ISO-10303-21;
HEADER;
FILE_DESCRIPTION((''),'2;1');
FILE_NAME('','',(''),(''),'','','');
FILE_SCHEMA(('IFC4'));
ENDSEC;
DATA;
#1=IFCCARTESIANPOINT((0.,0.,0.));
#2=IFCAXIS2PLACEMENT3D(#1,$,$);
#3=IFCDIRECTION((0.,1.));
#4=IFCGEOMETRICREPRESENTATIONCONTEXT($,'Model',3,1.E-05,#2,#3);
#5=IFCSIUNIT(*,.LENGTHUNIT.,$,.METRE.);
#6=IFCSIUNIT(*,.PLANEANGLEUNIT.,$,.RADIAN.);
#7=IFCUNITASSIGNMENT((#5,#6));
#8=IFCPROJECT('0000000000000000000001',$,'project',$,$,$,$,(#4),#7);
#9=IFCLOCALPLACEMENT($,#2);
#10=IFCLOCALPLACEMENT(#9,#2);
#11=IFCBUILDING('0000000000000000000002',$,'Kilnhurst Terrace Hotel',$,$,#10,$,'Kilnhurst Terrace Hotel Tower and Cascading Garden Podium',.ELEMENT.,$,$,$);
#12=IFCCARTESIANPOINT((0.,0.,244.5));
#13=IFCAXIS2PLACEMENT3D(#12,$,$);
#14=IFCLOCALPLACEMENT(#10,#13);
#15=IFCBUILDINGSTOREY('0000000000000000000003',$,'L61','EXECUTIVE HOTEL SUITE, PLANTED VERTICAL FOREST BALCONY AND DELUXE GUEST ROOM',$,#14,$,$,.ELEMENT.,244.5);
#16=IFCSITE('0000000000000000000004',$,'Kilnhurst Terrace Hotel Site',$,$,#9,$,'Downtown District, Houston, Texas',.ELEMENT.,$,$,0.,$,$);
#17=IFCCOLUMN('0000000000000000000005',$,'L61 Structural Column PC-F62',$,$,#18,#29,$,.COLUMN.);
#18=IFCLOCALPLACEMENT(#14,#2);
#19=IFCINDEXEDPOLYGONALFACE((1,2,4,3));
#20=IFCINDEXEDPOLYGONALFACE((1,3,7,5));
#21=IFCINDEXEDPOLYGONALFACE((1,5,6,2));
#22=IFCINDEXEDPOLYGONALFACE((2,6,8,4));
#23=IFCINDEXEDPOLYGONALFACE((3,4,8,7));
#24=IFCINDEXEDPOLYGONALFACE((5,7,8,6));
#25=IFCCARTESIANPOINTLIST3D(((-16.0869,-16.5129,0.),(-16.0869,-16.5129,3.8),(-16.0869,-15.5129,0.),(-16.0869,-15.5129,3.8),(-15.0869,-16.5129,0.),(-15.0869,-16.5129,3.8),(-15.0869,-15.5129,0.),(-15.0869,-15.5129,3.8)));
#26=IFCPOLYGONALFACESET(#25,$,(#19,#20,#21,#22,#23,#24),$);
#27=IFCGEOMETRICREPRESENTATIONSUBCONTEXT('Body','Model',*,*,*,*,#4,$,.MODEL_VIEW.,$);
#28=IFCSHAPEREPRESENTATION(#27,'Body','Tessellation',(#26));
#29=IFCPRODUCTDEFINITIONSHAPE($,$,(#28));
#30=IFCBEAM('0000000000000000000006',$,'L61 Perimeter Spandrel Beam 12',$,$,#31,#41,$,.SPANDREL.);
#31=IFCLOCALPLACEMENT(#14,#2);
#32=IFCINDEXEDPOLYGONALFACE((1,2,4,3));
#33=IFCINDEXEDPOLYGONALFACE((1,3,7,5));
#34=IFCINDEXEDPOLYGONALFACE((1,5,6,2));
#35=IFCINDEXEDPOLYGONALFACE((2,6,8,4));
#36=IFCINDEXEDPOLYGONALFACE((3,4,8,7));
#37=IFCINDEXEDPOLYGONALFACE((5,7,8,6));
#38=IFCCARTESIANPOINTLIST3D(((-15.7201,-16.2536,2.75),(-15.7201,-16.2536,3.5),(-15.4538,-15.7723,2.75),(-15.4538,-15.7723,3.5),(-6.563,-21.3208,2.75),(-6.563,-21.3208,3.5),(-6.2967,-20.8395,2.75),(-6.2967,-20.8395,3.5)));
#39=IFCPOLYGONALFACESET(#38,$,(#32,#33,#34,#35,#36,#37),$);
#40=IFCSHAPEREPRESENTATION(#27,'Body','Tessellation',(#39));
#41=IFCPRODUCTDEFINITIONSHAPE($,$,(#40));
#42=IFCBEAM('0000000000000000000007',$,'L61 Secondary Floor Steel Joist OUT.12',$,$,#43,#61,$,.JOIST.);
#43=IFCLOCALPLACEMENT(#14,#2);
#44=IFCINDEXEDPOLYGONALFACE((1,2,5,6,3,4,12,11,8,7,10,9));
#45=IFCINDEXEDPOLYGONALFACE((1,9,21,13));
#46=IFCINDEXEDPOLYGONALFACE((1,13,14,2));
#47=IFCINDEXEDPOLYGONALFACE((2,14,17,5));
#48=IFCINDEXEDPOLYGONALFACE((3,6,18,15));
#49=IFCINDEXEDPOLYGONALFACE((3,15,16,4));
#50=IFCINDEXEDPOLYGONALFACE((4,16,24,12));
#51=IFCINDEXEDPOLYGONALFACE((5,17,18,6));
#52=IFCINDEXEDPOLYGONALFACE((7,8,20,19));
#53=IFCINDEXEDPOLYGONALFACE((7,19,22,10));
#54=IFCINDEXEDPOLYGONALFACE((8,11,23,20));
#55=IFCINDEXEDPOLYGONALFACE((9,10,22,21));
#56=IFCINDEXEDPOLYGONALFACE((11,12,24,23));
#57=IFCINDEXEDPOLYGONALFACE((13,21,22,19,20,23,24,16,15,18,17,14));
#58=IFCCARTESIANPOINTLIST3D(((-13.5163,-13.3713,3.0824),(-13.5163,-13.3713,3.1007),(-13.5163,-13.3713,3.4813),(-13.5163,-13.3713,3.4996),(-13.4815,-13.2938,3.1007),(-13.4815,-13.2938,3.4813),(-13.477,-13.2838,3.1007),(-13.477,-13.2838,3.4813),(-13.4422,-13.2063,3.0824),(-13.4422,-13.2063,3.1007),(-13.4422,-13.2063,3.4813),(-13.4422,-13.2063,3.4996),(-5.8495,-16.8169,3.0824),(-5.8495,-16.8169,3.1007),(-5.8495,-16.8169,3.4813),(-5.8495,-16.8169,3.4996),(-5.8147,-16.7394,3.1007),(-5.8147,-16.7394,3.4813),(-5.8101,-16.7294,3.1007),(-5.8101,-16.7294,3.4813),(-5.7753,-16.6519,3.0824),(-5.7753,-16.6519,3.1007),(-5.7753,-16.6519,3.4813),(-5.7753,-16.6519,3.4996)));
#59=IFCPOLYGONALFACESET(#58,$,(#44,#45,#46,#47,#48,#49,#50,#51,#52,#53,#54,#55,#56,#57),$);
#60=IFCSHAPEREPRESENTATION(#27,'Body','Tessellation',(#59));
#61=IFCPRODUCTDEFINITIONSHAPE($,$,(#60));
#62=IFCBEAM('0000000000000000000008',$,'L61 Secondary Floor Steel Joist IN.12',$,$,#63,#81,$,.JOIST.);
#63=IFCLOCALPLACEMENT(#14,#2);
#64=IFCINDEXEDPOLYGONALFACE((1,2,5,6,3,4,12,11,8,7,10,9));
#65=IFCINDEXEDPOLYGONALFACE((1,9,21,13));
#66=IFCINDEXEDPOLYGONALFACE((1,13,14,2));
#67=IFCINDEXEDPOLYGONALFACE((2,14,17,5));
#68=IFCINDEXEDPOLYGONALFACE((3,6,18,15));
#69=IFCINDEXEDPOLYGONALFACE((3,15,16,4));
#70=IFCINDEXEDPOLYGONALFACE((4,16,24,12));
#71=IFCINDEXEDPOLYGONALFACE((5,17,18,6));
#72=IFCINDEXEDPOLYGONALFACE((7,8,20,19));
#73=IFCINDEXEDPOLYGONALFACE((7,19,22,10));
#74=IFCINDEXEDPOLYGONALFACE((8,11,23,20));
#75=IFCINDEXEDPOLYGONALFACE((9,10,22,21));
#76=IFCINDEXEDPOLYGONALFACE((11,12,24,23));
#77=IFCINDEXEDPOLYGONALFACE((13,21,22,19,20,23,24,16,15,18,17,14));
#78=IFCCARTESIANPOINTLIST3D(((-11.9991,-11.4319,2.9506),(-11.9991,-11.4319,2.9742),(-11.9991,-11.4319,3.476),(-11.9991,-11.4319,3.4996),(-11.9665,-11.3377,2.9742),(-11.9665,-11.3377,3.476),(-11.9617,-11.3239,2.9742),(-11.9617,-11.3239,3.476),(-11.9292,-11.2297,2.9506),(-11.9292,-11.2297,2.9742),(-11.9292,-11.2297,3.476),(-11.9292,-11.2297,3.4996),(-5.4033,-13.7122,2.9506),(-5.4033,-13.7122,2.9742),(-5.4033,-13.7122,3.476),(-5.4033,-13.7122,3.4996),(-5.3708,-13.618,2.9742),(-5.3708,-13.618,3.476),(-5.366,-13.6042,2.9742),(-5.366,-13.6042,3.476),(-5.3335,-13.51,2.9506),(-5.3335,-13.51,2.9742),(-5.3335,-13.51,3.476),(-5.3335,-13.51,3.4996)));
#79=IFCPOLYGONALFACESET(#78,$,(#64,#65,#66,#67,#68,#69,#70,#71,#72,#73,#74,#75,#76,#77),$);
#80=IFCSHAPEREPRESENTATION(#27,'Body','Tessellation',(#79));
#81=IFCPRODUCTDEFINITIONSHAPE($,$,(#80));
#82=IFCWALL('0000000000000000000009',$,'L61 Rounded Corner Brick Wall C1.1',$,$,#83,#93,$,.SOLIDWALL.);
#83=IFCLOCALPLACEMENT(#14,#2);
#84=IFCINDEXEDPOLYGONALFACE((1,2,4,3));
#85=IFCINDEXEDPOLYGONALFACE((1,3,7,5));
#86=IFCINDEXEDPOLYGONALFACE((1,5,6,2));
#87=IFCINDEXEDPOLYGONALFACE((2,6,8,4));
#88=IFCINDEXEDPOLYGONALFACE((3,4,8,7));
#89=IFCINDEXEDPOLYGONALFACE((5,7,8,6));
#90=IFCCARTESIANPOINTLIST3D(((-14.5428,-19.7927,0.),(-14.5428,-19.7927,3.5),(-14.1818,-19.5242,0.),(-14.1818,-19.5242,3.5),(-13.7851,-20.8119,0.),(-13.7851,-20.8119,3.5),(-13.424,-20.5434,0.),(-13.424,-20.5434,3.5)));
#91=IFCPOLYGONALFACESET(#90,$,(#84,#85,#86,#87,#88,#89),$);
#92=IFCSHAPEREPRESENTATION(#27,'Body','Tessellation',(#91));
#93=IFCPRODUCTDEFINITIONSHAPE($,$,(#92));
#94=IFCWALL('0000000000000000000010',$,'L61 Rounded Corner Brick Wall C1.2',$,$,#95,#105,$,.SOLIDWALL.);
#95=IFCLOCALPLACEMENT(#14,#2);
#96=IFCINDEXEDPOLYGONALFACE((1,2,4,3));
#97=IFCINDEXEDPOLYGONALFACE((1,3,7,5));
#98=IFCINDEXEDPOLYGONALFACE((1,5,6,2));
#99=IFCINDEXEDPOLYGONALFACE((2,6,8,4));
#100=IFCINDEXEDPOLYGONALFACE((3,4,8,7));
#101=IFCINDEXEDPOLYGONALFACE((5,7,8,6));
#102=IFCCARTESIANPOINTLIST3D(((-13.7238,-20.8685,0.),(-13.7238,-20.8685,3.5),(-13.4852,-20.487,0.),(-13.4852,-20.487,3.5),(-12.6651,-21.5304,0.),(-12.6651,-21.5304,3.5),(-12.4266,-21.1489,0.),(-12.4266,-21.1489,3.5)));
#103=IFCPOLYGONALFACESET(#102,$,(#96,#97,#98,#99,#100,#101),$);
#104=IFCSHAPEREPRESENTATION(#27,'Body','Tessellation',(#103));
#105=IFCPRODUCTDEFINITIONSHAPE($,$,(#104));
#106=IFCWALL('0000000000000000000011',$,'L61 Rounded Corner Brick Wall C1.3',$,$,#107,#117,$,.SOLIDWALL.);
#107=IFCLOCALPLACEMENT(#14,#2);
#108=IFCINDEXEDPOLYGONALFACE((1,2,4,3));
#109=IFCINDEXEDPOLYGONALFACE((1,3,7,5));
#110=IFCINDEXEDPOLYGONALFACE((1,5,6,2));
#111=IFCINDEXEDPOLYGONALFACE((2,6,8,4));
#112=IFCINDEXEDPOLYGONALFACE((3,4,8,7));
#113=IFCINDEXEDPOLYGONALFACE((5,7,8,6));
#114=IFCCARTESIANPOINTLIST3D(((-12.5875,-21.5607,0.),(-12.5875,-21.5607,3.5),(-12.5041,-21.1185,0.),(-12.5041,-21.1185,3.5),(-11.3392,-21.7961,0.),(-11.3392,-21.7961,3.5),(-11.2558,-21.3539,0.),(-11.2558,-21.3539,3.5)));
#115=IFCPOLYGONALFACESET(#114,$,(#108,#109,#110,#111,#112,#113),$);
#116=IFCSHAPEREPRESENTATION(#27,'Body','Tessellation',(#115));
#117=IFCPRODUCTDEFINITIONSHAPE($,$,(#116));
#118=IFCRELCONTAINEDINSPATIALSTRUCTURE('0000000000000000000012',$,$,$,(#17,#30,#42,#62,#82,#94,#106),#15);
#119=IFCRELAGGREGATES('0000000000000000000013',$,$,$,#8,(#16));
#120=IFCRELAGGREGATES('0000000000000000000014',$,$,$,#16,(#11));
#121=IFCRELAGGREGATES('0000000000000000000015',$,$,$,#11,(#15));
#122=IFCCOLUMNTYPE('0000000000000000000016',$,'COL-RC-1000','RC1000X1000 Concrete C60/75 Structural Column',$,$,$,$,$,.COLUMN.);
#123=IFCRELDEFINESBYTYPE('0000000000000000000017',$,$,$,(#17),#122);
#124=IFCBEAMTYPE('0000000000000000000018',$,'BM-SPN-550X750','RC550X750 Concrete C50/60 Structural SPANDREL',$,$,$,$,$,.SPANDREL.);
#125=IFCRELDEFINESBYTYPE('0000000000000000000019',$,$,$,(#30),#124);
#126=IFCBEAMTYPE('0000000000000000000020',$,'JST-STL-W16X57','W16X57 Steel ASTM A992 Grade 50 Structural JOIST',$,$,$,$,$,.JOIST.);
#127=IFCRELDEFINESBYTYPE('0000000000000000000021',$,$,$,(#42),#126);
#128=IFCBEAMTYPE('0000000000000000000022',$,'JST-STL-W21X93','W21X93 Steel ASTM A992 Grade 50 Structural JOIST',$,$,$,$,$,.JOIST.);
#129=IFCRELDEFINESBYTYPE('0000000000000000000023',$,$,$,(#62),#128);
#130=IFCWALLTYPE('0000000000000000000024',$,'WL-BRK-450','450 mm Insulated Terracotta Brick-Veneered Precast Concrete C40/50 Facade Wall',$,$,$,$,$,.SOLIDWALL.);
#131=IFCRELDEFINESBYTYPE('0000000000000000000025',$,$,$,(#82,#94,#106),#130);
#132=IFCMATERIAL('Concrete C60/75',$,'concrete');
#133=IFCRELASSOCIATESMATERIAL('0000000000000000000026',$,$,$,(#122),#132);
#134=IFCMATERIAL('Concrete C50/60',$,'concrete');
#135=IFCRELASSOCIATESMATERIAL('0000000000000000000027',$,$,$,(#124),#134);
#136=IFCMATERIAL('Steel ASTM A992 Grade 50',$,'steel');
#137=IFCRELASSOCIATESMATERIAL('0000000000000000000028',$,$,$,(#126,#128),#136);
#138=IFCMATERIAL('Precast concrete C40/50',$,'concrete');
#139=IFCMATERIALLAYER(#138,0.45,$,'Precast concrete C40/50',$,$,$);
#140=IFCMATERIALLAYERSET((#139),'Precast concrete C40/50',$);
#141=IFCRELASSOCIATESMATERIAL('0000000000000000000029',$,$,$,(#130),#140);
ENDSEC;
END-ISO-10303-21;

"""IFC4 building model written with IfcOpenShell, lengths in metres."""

from ifc_helpers import new_model, si_unit, direction, frame, frame_2d, origin, origin_2d, place, context, subcontext, project, spatial, rectangle, i_section, extrude, material, layer, layer_set, material_profile, profile_set, type_object, element, save


model = new_model("IFC4")

# Units and contexts
model_context = context("Model", 3, precision=1e-05, world=origin(), true_north=direction((0.0, 1.0)))
body_context = subcontext(model_context, "Body", "Model", "MODEL_VIEW")
ifc_project = project(units=[si_unit("LENGTHUNIT", "METRE"), si_unit("PLANEANGLEUNIT", "RADIAN")], contexts=[model_context])

# Site, building, storey
site_placement = place(None, origin())
site = spatial("IfcSite", under=ifc_project, at=site_placement, Name="Kilnhurst Terrace Hotel Site", LongName="Downtown District, Houston, Texas", CompositionType="ELEMENT", RefElevation=0.0)
building_placement = place(site_placement, origin())
building = spatial("IfcBuilding", under=site, at=building_placement, Name="Kilnhurst Terrace Hotel", LongName="Kilnhurst Terrace Hotel Tower and Cascading Garden Podium", CompositionType="ELEMENT")
storey_placement = place(building_placement, frame((0.0, 0.0, 244.5)))
storey = spatial("IfcBuildingStorey", under=building, at=storey_placement, Name="L61", Description="EXECUTIVE HOTEL SUITE, PLANTED VERTICAL FOREST BALCONY AND DELUXE GUEST ROOM", CompositionType="ELEMENT", Elevation=244.5)

# Column
ifc_material_1 = material(Name="Concrete C60/75", Category="concrete")
ifc_material_profile_1 = material_profile(ifc_material_1, rectangle(XDim=1.0, YDim=1.0, at=origin_2d()), Name="RC1000X1000")
ifc_profile_set_1 = profile_set([ifc_material_profile_1], Name="Concrete C60/75")
column_type = type_object("IfcColumnType", Name="COL-RC-1000", Description="RC1000X1000 Concrete C60/75 Structural Column", PredefinedType="COLUMN", material=ifc_profile_set_1)
column_placement = place(storey_placement, frame((-15.5869, -16.0129, 0.0), z_axis=(0.0, 0.0, 1.0), x_axis=(1.0, 0.0, 0.0)))
element("IfcColumn", 1, at=column_placement, inside=storey, type_object=column_type, Name="L61 Structural Column PC-F62", PredefinedType="COLUMN", context=body_context, shape_type="SweptSolid", body=[
    extrude(rectangle(XDim=1.0, YDim=1.0, at=origin_2d()), origin(), (0.0, 0.0, 1.0), 3.8),
])

# Beams
ifc_material_2 = material(Name="Concrete C50/60", Category="concrete")
ifc_material_profile_2 = material_profile(ifc_material_2, rectangle(XDim=0.55, YDim=0.75, at=origin_2d()), Name="RC550X750")
ifc_profile_set_2 = profile_set([ifc_material_profile_2], Name="Concrete C50/60")
beam_type_1 = type_object("IfcBeamType", Name="BM-SPN-550X750", Description="RC550X750 Concrete C50/60 Structural SPANDREL", PredefinedType="SPANDREL", material=ifc_profile_set_2)
beam_1_placement = place(storey_placement, frame((-15.5869, -16.0129, 3.125), z_axis=(0.87497, -0.484177, 0.0), x_axis=(0.484177, 0.87497, 0.0)))
element("IfcBeam", 2, at=beam_1_placement, inside=storey, type_object=beam_type_1, Name="L61 Perimeter Spandrel Beam 12", PredefinedType="SPANDREL", context=body_context, shape_type="SweptSolid", body=[
    extrude(rectangle(XDim=0.55, YDim=0.75, at=origin_2d()), origin(), (0.0, 0.0, 1.0), 10.4656),
])
ifc_material_3 = material(Name="Steel ASTM A992 Grade 50", Category="steel")
ifc_material_profile_3 = material_profile(ifc_material_3, i_section(OverallWidth=0.1809, OverallDepth=0.4172, WebThickness=0.011, FlangeThickness=0.0183, at=origin_2d()), Name="W16X57")
ifc_profile_set_3 = profile_set([ifc_material_profile_3], Name="Steel ASTM A992 Grade 50")
beam_type_2 = type_object("IfcBeamType", Name="JST-STL-W16X57", Description="W16X57 Steel ASTM A992 Grade 50 Structural JOIST", PredefinedType="JOIST", material=ifc_profile_set_3)
beam_2_placement = place(storey_placement, frame((-13.4792, -13.2888, 3.291), z_axis=(0.912121, -0.409921, 0.0), x_axis=(0.409921, 0.912121, 0.0)))
element("IfcBeam", 3, at=beam_2_placement, inside=storey, type_object=beam_type_2, Name="L61 Secondary Floor Steel Joist OUT.12", PredefinedType="JOIST", context=body_context, shape_type="SweptSolid", body=[
    extrude(i_section(OverallWidth=0.1809, OverallDepth=0.4172, WebThickness=0.011, FlangeThickness=0.0183, at=origin_2d()), origin(), (0.0, 0.0, 1.0), 8.4055),
])
ifc_material_profile_4 = material_profile(ifc_material_3, i_section(OverallWidth=0.2139, OverallDepth=0.5491, WebThickness=0.0146, FlangeThickness=0.0237, at=origin_2d()), Name="W21X93")
ifc_profile_set_4 = profile_set([ifc_material_profile_4], Name="Steel ASTM A992 Grade 50")
beam_type_3 = type_object("IfcBeamType", Name="JST-STL-W21X93", Description="W21X93 Steel ASTM A992 Grade 50 Structural JOIST", PredefinedType="JOIST", material=ifc_profile_set_4)
beam_3_placement = place(storey_placement, frame((-11.9641, -11.3308, 3.2251), z_axis=(0.945112, -0.326745, 0.0), x_axis=(0.326745, 0.945112, 0.0)))
element("IfcBeam", 4, at=beam_3_placement, inside=storey, type_object=beam_type_3, Name="L61 Secondary Floor Steel Joist IN.12", PredefinedType="JOIST", context=body_context, shape_type="SweptSolid", body=[
    extrude(i_section(OverallWidth=0.2139, OverallDepth=0.5491, WebThickness=0.0146, FlangeThickness=0.0237, at=origin_2d()), origin(), (0.0, 0.0, 1.0), 6.9788),
])

# Walls
ifc_material_4 = material(Name="Precast concrete C40/50", Category="concrete")
ifc_layer_1 = layer(ifc_material_4, 0.45, Name="Precast concrete C40/50")
ifc_layer_set_1 = layer_set([ifc_layer_1], Name="Precast concrete C40/50")
wall_type_1 = type_object("IfcWallType", Name="WL-BRK-450", Description="450 mm Insulated Terracotta Brick-Veneered Precast Concrete C40/50 Facade Wall", PredefinedType="SOLIDWALL", material=ifc_layer_set_1)
wall_1_placement = place(storey_placement, frame((-14.3623, -19.6584, 0.0), z_axis=(0.0, 0.0, 1.0), x_axis=(0.596642, -0.802507, 0.0)))
element("IfcWall", 5, at=wall_1_placement, inside=storey, type_object=wall_type_1, Name="L61 Rounded Corner Brick Wall C1.1", PredefinedType="SOLIDWALL", context=body_context, shape_type="SweptSolid", body=[
    extrude(rectangle(XDim=1.27, YDim=0.45, at=frame_2d((0.635, 0.0))), origin(), (0.0, 0.0, 1.0), 3.5),
])
wall_2_placement = place(storey_placement, frame((-13.6045, -20.6777, 0.0), z_axis=(0.0, 0.0, 1.0), x_axis=(0.84791, -0.53014, 0.0)))
element("IfcWall", 6, at=wall_2_placement, inside=storey, type_object=wall_type_1, Name="L61 Rounded Corner Brick Wall C1.2", PredefinedType="SOLIDWALL", context=body_context, shape_type="SweptSolid", body=[
    extrude(rectangle(XDim=1.2485, YDim=0.45, at=frame_2d((0.6243, 0.0))), origin(), (0.0, 0.0, 1.0), 3.5),
])
wall_3_placement = place(storey_placement, frame((-12.5459, -21.3396, 0.0), z_axis=(0.0, 0.0, 1.0), x_axis=(0.982687, -0.185275, 0.0)))
element("IfcWall", 7, at=wall_3_placement, inside=storey, type_object=wall_type_1, Name="L61 Rounded Corner Brick Wall C1.3", PredefinedType="SOLIDWALL", context=body_context, shape_type="SweptSolid", body=[
    extrude(rectangle(XDim=1.2703, YDim=0.45, at=frame_2d((0.6353, 0.0))), origin(), (0.0, 0.0, 1.0), 3.5),
])

save(model, "model.ifc")
